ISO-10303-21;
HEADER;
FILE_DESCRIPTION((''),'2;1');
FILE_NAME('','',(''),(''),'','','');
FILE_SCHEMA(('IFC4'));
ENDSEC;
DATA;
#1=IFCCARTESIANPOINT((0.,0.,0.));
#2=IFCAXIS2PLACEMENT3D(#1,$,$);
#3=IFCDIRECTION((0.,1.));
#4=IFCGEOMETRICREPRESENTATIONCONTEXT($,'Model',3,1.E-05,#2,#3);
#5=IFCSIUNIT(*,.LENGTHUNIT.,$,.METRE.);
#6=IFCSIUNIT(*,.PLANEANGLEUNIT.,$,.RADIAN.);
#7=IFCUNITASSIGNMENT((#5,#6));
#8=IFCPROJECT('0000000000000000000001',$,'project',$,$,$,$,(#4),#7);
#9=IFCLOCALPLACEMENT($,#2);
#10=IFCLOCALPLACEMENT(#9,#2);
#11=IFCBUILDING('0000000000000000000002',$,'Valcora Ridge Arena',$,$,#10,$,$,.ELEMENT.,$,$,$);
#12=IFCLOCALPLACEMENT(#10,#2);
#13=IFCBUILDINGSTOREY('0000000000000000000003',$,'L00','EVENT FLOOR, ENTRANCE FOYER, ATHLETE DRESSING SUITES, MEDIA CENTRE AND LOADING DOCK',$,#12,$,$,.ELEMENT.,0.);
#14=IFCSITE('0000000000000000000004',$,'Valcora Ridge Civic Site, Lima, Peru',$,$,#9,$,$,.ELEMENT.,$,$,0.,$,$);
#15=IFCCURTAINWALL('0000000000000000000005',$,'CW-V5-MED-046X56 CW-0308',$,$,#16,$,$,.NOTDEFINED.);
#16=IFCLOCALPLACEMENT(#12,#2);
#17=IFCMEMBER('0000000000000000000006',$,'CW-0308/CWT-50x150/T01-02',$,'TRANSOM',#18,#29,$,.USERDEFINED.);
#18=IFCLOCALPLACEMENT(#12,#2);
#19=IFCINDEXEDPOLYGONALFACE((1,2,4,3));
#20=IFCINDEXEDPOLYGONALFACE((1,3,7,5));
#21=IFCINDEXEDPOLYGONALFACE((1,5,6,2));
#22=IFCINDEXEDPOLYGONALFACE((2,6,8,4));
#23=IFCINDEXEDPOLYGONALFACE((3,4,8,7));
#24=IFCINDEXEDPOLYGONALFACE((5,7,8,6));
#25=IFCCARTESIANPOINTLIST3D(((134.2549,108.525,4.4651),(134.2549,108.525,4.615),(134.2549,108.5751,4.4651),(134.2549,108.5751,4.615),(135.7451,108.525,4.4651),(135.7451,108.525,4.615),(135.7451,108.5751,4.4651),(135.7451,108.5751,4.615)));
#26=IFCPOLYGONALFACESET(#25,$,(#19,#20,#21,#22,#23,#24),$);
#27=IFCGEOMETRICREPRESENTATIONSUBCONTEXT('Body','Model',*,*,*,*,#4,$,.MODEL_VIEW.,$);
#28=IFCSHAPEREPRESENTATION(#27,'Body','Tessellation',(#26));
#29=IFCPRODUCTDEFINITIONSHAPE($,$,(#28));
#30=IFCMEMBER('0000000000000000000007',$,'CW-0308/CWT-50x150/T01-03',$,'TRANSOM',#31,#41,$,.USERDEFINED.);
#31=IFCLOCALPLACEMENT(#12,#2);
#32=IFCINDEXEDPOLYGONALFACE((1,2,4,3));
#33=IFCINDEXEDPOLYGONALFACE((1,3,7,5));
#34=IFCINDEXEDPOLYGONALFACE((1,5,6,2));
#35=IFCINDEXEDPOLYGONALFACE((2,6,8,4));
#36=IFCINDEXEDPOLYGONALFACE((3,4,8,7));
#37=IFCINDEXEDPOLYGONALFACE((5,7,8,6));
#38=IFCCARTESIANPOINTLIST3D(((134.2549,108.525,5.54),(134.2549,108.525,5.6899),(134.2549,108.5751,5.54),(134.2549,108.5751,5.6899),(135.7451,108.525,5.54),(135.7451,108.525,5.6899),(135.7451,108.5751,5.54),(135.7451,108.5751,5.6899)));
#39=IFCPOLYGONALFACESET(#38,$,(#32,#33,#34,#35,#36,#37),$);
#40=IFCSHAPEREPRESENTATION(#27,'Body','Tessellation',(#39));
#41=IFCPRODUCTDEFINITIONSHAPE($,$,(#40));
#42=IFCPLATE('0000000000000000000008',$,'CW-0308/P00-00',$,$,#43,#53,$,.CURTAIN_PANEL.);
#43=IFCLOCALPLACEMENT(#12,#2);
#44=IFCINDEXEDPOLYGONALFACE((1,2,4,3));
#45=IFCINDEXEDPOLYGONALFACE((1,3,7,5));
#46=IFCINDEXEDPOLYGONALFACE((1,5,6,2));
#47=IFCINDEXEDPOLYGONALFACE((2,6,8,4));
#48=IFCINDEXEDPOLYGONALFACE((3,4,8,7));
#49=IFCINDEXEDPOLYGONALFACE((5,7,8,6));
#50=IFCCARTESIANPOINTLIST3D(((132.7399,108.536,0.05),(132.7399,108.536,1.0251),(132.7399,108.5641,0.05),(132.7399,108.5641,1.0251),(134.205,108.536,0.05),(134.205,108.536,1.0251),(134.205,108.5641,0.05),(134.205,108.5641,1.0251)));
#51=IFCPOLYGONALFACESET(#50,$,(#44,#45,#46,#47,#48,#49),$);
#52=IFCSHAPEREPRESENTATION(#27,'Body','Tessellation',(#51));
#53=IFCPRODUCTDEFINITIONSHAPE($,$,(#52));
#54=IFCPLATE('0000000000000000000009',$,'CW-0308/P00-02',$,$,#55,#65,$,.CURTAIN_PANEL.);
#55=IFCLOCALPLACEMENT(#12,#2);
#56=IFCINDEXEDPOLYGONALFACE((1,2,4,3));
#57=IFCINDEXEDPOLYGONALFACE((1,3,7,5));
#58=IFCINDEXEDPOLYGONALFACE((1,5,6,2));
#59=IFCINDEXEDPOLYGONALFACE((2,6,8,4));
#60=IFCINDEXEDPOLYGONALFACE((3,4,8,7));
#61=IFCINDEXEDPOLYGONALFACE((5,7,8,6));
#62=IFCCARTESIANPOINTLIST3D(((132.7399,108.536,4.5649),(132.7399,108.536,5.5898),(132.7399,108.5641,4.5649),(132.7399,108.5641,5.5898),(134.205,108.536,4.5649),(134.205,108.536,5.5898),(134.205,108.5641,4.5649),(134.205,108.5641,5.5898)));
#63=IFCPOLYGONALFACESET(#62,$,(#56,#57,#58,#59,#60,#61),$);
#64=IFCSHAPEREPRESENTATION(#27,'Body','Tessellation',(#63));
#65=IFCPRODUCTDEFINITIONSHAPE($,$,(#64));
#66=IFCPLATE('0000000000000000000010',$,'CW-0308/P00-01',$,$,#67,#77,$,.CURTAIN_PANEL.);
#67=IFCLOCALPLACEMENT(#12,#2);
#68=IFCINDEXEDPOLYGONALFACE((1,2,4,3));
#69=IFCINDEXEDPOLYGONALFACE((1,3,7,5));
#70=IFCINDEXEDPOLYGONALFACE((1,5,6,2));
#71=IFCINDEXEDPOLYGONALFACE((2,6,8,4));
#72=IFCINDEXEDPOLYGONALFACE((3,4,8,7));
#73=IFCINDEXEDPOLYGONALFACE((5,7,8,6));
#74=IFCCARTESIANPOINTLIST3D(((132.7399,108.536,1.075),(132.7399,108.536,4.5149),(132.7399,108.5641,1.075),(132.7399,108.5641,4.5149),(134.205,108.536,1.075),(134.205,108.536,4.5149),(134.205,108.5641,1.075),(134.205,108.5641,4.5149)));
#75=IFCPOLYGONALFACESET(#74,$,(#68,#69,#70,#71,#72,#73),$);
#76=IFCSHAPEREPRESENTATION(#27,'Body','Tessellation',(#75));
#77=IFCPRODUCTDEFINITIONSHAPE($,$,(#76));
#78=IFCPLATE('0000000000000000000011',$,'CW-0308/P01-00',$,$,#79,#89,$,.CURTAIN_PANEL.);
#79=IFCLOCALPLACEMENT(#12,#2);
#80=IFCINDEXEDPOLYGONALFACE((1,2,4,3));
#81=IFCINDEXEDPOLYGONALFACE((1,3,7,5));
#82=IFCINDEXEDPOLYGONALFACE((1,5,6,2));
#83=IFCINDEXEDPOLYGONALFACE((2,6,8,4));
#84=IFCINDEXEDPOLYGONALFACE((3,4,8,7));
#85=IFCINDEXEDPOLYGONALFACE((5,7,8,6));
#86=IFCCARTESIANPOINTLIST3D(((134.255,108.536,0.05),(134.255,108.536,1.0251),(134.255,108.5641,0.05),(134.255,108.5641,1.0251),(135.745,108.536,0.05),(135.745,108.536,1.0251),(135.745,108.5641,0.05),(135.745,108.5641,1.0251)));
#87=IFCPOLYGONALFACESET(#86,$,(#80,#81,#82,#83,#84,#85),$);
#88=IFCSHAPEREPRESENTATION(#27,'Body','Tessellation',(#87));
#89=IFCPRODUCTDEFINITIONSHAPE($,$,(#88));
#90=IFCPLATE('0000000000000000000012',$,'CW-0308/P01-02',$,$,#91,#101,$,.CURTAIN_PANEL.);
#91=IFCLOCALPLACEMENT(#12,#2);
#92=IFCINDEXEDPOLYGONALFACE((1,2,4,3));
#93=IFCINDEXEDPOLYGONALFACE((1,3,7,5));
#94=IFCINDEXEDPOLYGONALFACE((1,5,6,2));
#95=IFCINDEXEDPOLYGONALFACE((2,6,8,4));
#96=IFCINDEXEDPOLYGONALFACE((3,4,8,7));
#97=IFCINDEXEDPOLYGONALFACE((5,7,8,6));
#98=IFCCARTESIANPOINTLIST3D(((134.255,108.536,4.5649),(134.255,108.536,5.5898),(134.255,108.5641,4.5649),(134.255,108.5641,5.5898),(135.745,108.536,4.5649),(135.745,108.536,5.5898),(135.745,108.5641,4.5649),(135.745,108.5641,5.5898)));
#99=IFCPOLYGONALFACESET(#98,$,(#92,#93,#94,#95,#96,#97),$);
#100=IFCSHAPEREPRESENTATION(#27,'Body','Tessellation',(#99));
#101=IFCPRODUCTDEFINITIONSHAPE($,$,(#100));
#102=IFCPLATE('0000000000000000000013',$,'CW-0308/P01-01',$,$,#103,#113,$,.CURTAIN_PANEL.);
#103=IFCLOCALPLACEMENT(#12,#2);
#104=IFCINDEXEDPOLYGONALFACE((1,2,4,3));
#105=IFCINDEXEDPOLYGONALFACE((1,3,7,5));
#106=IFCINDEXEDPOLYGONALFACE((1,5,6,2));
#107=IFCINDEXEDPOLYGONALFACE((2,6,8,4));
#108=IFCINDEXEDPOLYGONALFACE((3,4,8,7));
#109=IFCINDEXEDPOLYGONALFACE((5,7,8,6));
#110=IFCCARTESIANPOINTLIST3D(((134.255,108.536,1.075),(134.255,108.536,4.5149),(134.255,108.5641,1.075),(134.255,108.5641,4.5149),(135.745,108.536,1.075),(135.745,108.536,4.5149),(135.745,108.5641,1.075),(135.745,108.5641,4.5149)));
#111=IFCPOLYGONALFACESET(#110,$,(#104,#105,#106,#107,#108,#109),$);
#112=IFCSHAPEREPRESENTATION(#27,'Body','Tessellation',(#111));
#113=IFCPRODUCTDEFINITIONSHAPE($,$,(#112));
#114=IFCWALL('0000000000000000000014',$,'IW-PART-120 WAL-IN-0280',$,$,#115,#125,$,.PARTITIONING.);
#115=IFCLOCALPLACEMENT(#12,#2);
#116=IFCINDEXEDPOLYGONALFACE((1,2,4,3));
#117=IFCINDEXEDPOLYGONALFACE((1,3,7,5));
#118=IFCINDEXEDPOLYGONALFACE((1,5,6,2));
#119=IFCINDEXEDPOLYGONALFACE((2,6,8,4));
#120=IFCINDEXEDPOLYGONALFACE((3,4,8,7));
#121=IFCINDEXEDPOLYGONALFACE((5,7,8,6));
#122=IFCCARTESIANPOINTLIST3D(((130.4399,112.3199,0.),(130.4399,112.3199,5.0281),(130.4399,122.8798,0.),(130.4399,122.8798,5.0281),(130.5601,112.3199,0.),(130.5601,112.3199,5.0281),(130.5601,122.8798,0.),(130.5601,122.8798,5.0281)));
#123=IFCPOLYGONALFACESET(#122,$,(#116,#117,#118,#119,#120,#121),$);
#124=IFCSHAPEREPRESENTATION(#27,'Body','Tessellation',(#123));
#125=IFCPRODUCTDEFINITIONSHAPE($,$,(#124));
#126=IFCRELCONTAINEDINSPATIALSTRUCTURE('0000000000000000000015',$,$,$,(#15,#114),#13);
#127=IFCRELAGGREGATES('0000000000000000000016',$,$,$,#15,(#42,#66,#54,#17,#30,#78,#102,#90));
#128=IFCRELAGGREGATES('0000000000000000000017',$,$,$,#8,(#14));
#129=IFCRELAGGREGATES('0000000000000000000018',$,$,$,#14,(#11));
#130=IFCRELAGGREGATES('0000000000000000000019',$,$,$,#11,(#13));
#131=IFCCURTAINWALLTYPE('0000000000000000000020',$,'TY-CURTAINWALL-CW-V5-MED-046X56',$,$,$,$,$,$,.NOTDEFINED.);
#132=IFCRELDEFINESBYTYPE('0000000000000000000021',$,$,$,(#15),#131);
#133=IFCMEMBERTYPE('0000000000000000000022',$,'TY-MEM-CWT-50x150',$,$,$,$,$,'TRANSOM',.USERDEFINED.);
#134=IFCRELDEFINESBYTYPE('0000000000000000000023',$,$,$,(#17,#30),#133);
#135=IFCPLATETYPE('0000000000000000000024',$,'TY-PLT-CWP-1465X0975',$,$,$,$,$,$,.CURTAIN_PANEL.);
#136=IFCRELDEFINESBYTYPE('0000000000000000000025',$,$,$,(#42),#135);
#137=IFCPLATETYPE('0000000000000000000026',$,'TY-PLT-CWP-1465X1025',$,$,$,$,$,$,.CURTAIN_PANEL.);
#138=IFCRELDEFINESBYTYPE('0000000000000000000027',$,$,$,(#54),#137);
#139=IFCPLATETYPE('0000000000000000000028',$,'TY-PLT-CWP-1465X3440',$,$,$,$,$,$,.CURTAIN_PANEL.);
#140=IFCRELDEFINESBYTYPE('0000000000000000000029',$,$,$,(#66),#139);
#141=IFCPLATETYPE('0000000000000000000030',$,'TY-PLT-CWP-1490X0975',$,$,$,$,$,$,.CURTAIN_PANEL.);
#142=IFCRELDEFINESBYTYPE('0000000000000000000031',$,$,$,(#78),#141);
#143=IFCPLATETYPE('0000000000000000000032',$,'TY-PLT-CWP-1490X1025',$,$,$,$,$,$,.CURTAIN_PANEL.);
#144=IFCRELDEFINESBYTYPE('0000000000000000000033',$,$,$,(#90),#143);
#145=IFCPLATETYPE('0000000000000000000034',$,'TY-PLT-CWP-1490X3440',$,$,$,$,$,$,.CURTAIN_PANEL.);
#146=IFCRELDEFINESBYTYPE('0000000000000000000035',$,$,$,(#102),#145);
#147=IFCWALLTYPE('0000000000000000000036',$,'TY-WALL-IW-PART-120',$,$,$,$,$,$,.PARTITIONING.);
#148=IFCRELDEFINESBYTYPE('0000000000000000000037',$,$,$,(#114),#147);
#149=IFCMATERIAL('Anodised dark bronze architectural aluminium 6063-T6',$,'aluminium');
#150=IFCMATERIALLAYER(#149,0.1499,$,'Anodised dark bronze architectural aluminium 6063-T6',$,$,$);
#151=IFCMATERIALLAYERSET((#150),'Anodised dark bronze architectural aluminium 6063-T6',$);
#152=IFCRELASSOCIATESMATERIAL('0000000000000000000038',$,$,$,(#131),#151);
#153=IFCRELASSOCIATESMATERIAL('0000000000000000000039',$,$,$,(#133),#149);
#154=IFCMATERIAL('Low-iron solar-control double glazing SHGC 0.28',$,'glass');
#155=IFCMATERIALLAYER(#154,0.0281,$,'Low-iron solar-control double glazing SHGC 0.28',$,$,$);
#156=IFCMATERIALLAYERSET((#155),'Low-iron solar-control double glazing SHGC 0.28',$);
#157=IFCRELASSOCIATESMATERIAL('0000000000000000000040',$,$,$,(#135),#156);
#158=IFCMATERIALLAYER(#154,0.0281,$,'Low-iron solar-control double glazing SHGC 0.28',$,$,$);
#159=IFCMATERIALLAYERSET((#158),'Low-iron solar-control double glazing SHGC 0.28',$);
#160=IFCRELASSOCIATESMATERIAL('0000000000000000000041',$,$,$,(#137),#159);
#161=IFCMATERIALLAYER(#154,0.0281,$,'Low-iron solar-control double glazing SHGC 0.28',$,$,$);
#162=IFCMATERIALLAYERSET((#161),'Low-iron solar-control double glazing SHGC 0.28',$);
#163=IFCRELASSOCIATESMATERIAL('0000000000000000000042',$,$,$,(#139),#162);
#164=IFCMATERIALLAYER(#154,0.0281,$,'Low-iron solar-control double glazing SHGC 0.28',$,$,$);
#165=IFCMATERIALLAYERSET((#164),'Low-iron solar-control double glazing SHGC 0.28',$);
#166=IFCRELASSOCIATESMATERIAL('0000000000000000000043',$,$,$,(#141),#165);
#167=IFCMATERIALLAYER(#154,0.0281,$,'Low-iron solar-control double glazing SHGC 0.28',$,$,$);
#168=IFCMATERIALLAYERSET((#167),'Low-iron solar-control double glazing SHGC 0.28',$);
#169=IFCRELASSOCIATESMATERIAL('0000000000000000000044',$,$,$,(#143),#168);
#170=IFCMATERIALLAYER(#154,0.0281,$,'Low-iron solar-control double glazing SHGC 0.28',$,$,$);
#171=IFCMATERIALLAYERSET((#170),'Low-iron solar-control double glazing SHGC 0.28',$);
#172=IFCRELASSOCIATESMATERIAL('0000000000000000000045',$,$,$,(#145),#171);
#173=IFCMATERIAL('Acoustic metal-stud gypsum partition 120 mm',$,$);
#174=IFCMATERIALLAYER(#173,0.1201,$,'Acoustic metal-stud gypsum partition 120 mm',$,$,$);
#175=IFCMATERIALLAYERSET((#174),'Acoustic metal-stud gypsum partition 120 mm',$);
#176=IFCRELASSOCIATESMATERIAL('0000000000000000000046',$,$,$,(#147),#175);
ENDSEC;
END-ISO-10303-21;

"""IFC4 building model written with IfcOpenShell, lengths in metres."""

from ifc_helpers import new_model, si_unit, direction, frame, frame_2d, origin, origin_2d, place, context, subcontext, project, spatial, rectangle, extrude, material, layer, layer_set, material_profile, profile_set, type_object, element, aggregate, save


model = new_model("IFC4")

# Units and contexts
model_context = context("Model", 3, precision=1e-05, world=origin(), true_north=direction((0.0, 1.0)))
body_context = subcontext(model_context, "Body", "Model", "MODEL_VIEW")
ifc_project = project(units=[si_unit("LENGTHUNIT", "METRE"), si_unit("PLANEANGLEUNIT", "RADIAN")], contexts=[model_context])

# Site, building, storey
site_placement = place(None, origin())
site = spatial("IfcSite", under=ifc_project, at=site_placement, Name="Valcora Ridge Civic Site, Lima, Peru", CompositionType="ELEMENT", RefElevation=0.0)
building_placement = place(site_placement, origin())
building = spatial("IfcBuilding", under=site, at=building_placement, Name="Valcora Ridge Arena", CompositionType="ELEMENT")
storey_placement = place(building_placement, origin())
storey = spatial("IfcBuildingStorey", under=building, at=storey_placement, Name="L00", Description="EVENT FLOOR, ENTRANCE FOYER, ATHLETE DRESSING SUITES, MEDIA CENTRE AND LOADING DOCK", CompositionType="ELEMENT", Elevation=0.0)

# Curtain wall, members, plates
ifc_material_1 = material(Name="Anodised dark bronze architectural aluminium 6063-T6", Category="aluminium")
ifc_layer_1 = layer(ifc_material_1, 0.1499, Name="Anodised dark bronze architectural aluminium 6063-T6")
ifc_layer_set_1 = layer_set([ifc_layer_1], Name="Anodised dark bronze architectural aluminium 6063-T6")
curtain_wall_type = type_object("IfcCurtainWallType", Name="TY-CURTAINWALL-CW-V5-MED-046X56", PredefinedType="NOTDEFINED", material=ifc_layer_set_1)
curtain_wall_placement = place(storey_placement, origin())
curtain_wall = element("IfcCurtainWall", 1, at=curtain_wall_placement, inside=storey, type_object=curtain_wall_type, Name="CW-V5-MED-046X56 CW-0308", PredefinedType="NOTDEFINED")
ifc_material_profile_1 = material_profile(ifc_material_1, rectangle(XDim=0.05, YDim=0.1499, at=origin_2d()), Name="ALU TRANSOM 50x150")
ifc_profile_set_1 = profile_set([ifc_material_profile_1], Name="Anodised dark bronze architectural aluminium 6063-T6")
member_type_1 = type_object("IfcMemberType", Name="TY-MEM-CWT-50x150", ElementType="TRANSOM", PredefinedType="USERDEFINED", material=ifc_profile_set_1)
member_1_placement = place(storey_placement, frame((134.2549, 108.55, 4.54), z_axis=(1.0, 0.0, 0.0), x_axis=(0.0, 1.0, 0.0)))
member_1 = element("IfcMember", 2, at=member_1_placement, type_object=member_type_1, Name="CW-0308/CWT-50x150/T01-02", ObjectType="TRANSOM", PredefinedType="USERDEFINED", context=body_context, shape_type="SweptSolid", body=[
    extrude(rectangle(XDim=0.05, YDim=0.1499, at=origin_2d()), origin(), (0.0, 0.0, 1.0), 1.4902),
])
member_2_placement = place(storey_placement, frame((134.2549, 108.55, 5.615), z_axis=(1.0, 0.0, 0.0), x_axis=(0.0, 1.0, 0.0)))
member_2 = element("IfcMember", 3, at=member_2_placement, type_object=member_type_1, Name="CW-0308/CWT-50x150/T01-03", ObjectType="TRANSOM", PredefinedType="USERDEFINED", context=body_context, shape_type="SweptSolid", body=[
    extrude(rectangle(XDim=0.05, YDim=0.1499, at=origin_2d()), origin(), (0.0, 0.0, 1.0), 1.4902),
])
ifc_material_2 = material(Name="Low-iron solar-control double glazing SHGC 0.28", Category="glass")
ifc_layer_2 = layer(ifc_material_2, 0.0281, Name="Low-iron solar-control double glazing SHGC 0.28")
ifc_layer_set_2 = layer_set([ifc_layer_2], Name="Low-iron solar-control double glazing SHGC 0.28")
plate_type_1 = type_object("IfcPlateType", Name="TY-PLT-CWP-1465X0975", PredefinedType="CURTAIN_PANEL", material=ifc_layer_set_2)
plate_1_placement = place(storey_placement, frame((133.4724, 108.55, 0.05), z_axis=(0.0, 0.0, 1.0), x_axis=(1.0, 0.0, 0.0)))
plate_1 = element("IfcPlate", 4, at=plate_1_placement, type_object=plate_type_1, Name="CW-0308/P00-00", PredefinedType="CURTAIN_PANEL", context=body_context, shape_type="SweptSolid", body=[
    extrude(rectangle(XDim=1.4651, YDim=0.0281, at=origin_2d()), origin(), (0.0, 0.0, 1.0), 0.9751),
])
ifc_layer_3 = layer(ifc_material_2, 0.0281, Name="Low-iron solar-control double glazing SHGC 0.28")
ifc_layer_set_3 = layer_set([ifc_layer_3], Name="Low-iron solar-control double glazing SHGC 0.28")
plate_type_2 = type_object("IfcPlateType", Name="TY-PLT-CWP-1465X1025", PredefinedType="CURTAIN_PANEL", material=ifc_layer_set_3)
plate_2_placement = place(storey_placement, frame((133.4724, 108.55, 4.5649), z_axis=(0.0, 0.0, 1.0), x_axis=(1.0, 0.0, 0.0)))
plate_2 = element("IfcPlate", 5, at=plate_2_placement, type_object=plate_type_2, Name="CW-0308/P00-02", PredefinedType="CURTAIN_PANEL", context=body_context, shape_type="SweptSolid", body=[
    extrude(rectangle(XDim=1.4651, YDim=0.0281, at=origin_2d()), origin(), (0.0, 0.0, 1.0), 1.0249),
])
ifc_layer_4 = layer(ifc_material_2, 0.0281, Name="Low-iron solar-control double glazing SHGC 0.28")
ifc_layer_set_4 = layer_set([ifc_layer_4], Name="Low-iron solar-control double glazing SHGC 0.28")
plate_type_3 = type_object("IfcPlateType", Name="TY-PLT-CWP-1465X3440", PredefinedType="CURTAIN_PANEL", material=ifc_layer_set_4)
plate_3_placement = place(storey_placement, frame((133.4724, 108.55, 1.075), z_axis=(0.0, 0.0, 1.0), x_axis=(1.0, 0.0, 0.0)))
plate_3 = element("IfcPlate", 6, at=plate_3_placement, type_object=plate_type_3, Name="CW-0308/P00-01", PredefinedType="CURTAIN_PANEL", context=body_context, shape_type="SweptSolid", body=[
    extrude(rectangle(XDim=1.4651, YDim=0.0281, at=origin_2d()), origin(), (0.0, 0.0, 1.0), 3.4399),
])
ifc_layer_5 = layer(ifc_material_2, 0.0281, Name="Low-iron solar-control double glazing SHGC 0.28")
ifc_layer_set_5 = layer_set([ifc_layer_5], Name="Low-iron solar-control double glazing SHGC 0.28")
plate_type_4 = type_object("IfcPlateType", Name="TY-PLT-CWP-1490X0975", PredefinedType="CURTAIN_PANEL", material=ifc_layer_set_5)
plate_4_placement = place(storey_placement, frame((135.0, 108.55, 0.05), z_axis=(0.0, 0.0, 1.0), x_axis=(1.0, 0.0, 0.0)))
plate_4 = element("IfcPlate", 7, at=plate_4_placement, type_object=plate_type_4, Name="CW-0308/P01-00", PredefinedType="CURTAIN_PANEL", context=body_context, shape_type="SweptSolid", body=[
    extrude(rectangle(XDim=1.49, YDim=0.0281, at=origin_2d()), origin(), (0.0, 0.0, 1.0), 0.9751),
])
ifc_layer_6 = layer(ifc_material_2, 0.0281, Name="Low-iron solar-control double glazing SHGC 0.28")
ifc_layer_set_6 = layer_set([ifc_layer_6], Name="Low-iron solar-control double glazing SHGC 0.28")
plate_type_5 = type_object("IfcPlateType", Name="TY-PLT-CWP-1490X1025", PredefinedType="CURTAIN_PANEL", material=ifc_layer_set_6)
plate_5_placement = place(storey_placement, frame((135.0, 108.55, 4.5649), z_axis=(0.0, 0.0, 1.0), x_axis=(1.0, 0.0, 0.0)))
plate_5 = element("IfcPlate", 8, at=plate_5_placement, type_object=plate_type_5, Name="CW-0308/P01-02", PredefinedType="CURTAIN_PANEL", context=body_context, shape_type="SweptSolid", body=[
    extrude(rectangle(XDim=1.49, YDim=0.0281, at=origin_2d()), origin(), (0.0, 0.0, 1.0), 1.0249),
])
ifc_layer_7 = layer(ifc_material_2, 0.0281, Name="Low-iron solar-control double glazing SHGC 0.28")
ifc_layer_set_7 = layer_set([ifc_layer_7], Name="Low-iron solar-control double glazing SHGC 0.28")
plate_type_6 = type_object("IfcPlateType", Name="TY-PLT-CWP-1490X3440", PredefinedType="CURTAIN_PANEL", material=ifc_layer_set_7)
plate_6_placement = place(storey_placement, frame((135.0, 108.55, 1.075), z_axis=(0.0, 0.0, 1.0), x_axis=(1.0, 0.0, 0.0)))
plate_6 = element("IfcPlate", 9, at=plate_6_placement, type_object=plate_type_6, Name="CW-0308/P01-01", PredefinedType="CURTAIN_PANEL", context=body_context, shape_type="SweptSolid", body=[
    extrude(rectangle(XDim=1.49, YDim=0.0281, at=origin_2d()), origin(), (0.0, 0.0, 1.0), 3.4399),
])
aggregate(curtain_wall, [plate_1, plate_3, plate_2, member_1, member_2, plate_4, plate_6, plate_5])

# Wall
ifc_material_3 = material(Name="Acoustic metal-stud gypsum partition 120 mm")
ifc_layer_8 = layer(ifc_material_3, 0.1201, Name="Acoustic metal-stud gypsum partition 120 mm")
ifc_layer_set_8 = layer_set([ifc_layer_8], Name="Acoustic metal-stud gypsum partition 120 mm")
wall_type = type_object("IfcWallType", Name="TY-WALL-IW-PART-120", PredefinedType="PARTITIONING", material=ifc_layer_set_8)
wall_placement = place(storey_placement, frame((130.5, 112.3201, 0.0), z_axis=(0.0, 0.0, 1.0), x_axis=(0.0, 1.0, 0.0)))
element("IfcWall", 10, at=wall_placement, inside=storey, type_object=wall_type, Name="IW-PART-120 WAL-IN-0280", PredefinedType="PARTITIONING", context=body_context, shape_type="SweptSolid", body=[
    extrude(rectangle(XDim=10.5598, YDim=0.1201, at=frame_2d((5.2798, 0.0))), origin(), (0.0, 0.0, 1.0), 5.0281),
])

save(model, "model.ifc")
